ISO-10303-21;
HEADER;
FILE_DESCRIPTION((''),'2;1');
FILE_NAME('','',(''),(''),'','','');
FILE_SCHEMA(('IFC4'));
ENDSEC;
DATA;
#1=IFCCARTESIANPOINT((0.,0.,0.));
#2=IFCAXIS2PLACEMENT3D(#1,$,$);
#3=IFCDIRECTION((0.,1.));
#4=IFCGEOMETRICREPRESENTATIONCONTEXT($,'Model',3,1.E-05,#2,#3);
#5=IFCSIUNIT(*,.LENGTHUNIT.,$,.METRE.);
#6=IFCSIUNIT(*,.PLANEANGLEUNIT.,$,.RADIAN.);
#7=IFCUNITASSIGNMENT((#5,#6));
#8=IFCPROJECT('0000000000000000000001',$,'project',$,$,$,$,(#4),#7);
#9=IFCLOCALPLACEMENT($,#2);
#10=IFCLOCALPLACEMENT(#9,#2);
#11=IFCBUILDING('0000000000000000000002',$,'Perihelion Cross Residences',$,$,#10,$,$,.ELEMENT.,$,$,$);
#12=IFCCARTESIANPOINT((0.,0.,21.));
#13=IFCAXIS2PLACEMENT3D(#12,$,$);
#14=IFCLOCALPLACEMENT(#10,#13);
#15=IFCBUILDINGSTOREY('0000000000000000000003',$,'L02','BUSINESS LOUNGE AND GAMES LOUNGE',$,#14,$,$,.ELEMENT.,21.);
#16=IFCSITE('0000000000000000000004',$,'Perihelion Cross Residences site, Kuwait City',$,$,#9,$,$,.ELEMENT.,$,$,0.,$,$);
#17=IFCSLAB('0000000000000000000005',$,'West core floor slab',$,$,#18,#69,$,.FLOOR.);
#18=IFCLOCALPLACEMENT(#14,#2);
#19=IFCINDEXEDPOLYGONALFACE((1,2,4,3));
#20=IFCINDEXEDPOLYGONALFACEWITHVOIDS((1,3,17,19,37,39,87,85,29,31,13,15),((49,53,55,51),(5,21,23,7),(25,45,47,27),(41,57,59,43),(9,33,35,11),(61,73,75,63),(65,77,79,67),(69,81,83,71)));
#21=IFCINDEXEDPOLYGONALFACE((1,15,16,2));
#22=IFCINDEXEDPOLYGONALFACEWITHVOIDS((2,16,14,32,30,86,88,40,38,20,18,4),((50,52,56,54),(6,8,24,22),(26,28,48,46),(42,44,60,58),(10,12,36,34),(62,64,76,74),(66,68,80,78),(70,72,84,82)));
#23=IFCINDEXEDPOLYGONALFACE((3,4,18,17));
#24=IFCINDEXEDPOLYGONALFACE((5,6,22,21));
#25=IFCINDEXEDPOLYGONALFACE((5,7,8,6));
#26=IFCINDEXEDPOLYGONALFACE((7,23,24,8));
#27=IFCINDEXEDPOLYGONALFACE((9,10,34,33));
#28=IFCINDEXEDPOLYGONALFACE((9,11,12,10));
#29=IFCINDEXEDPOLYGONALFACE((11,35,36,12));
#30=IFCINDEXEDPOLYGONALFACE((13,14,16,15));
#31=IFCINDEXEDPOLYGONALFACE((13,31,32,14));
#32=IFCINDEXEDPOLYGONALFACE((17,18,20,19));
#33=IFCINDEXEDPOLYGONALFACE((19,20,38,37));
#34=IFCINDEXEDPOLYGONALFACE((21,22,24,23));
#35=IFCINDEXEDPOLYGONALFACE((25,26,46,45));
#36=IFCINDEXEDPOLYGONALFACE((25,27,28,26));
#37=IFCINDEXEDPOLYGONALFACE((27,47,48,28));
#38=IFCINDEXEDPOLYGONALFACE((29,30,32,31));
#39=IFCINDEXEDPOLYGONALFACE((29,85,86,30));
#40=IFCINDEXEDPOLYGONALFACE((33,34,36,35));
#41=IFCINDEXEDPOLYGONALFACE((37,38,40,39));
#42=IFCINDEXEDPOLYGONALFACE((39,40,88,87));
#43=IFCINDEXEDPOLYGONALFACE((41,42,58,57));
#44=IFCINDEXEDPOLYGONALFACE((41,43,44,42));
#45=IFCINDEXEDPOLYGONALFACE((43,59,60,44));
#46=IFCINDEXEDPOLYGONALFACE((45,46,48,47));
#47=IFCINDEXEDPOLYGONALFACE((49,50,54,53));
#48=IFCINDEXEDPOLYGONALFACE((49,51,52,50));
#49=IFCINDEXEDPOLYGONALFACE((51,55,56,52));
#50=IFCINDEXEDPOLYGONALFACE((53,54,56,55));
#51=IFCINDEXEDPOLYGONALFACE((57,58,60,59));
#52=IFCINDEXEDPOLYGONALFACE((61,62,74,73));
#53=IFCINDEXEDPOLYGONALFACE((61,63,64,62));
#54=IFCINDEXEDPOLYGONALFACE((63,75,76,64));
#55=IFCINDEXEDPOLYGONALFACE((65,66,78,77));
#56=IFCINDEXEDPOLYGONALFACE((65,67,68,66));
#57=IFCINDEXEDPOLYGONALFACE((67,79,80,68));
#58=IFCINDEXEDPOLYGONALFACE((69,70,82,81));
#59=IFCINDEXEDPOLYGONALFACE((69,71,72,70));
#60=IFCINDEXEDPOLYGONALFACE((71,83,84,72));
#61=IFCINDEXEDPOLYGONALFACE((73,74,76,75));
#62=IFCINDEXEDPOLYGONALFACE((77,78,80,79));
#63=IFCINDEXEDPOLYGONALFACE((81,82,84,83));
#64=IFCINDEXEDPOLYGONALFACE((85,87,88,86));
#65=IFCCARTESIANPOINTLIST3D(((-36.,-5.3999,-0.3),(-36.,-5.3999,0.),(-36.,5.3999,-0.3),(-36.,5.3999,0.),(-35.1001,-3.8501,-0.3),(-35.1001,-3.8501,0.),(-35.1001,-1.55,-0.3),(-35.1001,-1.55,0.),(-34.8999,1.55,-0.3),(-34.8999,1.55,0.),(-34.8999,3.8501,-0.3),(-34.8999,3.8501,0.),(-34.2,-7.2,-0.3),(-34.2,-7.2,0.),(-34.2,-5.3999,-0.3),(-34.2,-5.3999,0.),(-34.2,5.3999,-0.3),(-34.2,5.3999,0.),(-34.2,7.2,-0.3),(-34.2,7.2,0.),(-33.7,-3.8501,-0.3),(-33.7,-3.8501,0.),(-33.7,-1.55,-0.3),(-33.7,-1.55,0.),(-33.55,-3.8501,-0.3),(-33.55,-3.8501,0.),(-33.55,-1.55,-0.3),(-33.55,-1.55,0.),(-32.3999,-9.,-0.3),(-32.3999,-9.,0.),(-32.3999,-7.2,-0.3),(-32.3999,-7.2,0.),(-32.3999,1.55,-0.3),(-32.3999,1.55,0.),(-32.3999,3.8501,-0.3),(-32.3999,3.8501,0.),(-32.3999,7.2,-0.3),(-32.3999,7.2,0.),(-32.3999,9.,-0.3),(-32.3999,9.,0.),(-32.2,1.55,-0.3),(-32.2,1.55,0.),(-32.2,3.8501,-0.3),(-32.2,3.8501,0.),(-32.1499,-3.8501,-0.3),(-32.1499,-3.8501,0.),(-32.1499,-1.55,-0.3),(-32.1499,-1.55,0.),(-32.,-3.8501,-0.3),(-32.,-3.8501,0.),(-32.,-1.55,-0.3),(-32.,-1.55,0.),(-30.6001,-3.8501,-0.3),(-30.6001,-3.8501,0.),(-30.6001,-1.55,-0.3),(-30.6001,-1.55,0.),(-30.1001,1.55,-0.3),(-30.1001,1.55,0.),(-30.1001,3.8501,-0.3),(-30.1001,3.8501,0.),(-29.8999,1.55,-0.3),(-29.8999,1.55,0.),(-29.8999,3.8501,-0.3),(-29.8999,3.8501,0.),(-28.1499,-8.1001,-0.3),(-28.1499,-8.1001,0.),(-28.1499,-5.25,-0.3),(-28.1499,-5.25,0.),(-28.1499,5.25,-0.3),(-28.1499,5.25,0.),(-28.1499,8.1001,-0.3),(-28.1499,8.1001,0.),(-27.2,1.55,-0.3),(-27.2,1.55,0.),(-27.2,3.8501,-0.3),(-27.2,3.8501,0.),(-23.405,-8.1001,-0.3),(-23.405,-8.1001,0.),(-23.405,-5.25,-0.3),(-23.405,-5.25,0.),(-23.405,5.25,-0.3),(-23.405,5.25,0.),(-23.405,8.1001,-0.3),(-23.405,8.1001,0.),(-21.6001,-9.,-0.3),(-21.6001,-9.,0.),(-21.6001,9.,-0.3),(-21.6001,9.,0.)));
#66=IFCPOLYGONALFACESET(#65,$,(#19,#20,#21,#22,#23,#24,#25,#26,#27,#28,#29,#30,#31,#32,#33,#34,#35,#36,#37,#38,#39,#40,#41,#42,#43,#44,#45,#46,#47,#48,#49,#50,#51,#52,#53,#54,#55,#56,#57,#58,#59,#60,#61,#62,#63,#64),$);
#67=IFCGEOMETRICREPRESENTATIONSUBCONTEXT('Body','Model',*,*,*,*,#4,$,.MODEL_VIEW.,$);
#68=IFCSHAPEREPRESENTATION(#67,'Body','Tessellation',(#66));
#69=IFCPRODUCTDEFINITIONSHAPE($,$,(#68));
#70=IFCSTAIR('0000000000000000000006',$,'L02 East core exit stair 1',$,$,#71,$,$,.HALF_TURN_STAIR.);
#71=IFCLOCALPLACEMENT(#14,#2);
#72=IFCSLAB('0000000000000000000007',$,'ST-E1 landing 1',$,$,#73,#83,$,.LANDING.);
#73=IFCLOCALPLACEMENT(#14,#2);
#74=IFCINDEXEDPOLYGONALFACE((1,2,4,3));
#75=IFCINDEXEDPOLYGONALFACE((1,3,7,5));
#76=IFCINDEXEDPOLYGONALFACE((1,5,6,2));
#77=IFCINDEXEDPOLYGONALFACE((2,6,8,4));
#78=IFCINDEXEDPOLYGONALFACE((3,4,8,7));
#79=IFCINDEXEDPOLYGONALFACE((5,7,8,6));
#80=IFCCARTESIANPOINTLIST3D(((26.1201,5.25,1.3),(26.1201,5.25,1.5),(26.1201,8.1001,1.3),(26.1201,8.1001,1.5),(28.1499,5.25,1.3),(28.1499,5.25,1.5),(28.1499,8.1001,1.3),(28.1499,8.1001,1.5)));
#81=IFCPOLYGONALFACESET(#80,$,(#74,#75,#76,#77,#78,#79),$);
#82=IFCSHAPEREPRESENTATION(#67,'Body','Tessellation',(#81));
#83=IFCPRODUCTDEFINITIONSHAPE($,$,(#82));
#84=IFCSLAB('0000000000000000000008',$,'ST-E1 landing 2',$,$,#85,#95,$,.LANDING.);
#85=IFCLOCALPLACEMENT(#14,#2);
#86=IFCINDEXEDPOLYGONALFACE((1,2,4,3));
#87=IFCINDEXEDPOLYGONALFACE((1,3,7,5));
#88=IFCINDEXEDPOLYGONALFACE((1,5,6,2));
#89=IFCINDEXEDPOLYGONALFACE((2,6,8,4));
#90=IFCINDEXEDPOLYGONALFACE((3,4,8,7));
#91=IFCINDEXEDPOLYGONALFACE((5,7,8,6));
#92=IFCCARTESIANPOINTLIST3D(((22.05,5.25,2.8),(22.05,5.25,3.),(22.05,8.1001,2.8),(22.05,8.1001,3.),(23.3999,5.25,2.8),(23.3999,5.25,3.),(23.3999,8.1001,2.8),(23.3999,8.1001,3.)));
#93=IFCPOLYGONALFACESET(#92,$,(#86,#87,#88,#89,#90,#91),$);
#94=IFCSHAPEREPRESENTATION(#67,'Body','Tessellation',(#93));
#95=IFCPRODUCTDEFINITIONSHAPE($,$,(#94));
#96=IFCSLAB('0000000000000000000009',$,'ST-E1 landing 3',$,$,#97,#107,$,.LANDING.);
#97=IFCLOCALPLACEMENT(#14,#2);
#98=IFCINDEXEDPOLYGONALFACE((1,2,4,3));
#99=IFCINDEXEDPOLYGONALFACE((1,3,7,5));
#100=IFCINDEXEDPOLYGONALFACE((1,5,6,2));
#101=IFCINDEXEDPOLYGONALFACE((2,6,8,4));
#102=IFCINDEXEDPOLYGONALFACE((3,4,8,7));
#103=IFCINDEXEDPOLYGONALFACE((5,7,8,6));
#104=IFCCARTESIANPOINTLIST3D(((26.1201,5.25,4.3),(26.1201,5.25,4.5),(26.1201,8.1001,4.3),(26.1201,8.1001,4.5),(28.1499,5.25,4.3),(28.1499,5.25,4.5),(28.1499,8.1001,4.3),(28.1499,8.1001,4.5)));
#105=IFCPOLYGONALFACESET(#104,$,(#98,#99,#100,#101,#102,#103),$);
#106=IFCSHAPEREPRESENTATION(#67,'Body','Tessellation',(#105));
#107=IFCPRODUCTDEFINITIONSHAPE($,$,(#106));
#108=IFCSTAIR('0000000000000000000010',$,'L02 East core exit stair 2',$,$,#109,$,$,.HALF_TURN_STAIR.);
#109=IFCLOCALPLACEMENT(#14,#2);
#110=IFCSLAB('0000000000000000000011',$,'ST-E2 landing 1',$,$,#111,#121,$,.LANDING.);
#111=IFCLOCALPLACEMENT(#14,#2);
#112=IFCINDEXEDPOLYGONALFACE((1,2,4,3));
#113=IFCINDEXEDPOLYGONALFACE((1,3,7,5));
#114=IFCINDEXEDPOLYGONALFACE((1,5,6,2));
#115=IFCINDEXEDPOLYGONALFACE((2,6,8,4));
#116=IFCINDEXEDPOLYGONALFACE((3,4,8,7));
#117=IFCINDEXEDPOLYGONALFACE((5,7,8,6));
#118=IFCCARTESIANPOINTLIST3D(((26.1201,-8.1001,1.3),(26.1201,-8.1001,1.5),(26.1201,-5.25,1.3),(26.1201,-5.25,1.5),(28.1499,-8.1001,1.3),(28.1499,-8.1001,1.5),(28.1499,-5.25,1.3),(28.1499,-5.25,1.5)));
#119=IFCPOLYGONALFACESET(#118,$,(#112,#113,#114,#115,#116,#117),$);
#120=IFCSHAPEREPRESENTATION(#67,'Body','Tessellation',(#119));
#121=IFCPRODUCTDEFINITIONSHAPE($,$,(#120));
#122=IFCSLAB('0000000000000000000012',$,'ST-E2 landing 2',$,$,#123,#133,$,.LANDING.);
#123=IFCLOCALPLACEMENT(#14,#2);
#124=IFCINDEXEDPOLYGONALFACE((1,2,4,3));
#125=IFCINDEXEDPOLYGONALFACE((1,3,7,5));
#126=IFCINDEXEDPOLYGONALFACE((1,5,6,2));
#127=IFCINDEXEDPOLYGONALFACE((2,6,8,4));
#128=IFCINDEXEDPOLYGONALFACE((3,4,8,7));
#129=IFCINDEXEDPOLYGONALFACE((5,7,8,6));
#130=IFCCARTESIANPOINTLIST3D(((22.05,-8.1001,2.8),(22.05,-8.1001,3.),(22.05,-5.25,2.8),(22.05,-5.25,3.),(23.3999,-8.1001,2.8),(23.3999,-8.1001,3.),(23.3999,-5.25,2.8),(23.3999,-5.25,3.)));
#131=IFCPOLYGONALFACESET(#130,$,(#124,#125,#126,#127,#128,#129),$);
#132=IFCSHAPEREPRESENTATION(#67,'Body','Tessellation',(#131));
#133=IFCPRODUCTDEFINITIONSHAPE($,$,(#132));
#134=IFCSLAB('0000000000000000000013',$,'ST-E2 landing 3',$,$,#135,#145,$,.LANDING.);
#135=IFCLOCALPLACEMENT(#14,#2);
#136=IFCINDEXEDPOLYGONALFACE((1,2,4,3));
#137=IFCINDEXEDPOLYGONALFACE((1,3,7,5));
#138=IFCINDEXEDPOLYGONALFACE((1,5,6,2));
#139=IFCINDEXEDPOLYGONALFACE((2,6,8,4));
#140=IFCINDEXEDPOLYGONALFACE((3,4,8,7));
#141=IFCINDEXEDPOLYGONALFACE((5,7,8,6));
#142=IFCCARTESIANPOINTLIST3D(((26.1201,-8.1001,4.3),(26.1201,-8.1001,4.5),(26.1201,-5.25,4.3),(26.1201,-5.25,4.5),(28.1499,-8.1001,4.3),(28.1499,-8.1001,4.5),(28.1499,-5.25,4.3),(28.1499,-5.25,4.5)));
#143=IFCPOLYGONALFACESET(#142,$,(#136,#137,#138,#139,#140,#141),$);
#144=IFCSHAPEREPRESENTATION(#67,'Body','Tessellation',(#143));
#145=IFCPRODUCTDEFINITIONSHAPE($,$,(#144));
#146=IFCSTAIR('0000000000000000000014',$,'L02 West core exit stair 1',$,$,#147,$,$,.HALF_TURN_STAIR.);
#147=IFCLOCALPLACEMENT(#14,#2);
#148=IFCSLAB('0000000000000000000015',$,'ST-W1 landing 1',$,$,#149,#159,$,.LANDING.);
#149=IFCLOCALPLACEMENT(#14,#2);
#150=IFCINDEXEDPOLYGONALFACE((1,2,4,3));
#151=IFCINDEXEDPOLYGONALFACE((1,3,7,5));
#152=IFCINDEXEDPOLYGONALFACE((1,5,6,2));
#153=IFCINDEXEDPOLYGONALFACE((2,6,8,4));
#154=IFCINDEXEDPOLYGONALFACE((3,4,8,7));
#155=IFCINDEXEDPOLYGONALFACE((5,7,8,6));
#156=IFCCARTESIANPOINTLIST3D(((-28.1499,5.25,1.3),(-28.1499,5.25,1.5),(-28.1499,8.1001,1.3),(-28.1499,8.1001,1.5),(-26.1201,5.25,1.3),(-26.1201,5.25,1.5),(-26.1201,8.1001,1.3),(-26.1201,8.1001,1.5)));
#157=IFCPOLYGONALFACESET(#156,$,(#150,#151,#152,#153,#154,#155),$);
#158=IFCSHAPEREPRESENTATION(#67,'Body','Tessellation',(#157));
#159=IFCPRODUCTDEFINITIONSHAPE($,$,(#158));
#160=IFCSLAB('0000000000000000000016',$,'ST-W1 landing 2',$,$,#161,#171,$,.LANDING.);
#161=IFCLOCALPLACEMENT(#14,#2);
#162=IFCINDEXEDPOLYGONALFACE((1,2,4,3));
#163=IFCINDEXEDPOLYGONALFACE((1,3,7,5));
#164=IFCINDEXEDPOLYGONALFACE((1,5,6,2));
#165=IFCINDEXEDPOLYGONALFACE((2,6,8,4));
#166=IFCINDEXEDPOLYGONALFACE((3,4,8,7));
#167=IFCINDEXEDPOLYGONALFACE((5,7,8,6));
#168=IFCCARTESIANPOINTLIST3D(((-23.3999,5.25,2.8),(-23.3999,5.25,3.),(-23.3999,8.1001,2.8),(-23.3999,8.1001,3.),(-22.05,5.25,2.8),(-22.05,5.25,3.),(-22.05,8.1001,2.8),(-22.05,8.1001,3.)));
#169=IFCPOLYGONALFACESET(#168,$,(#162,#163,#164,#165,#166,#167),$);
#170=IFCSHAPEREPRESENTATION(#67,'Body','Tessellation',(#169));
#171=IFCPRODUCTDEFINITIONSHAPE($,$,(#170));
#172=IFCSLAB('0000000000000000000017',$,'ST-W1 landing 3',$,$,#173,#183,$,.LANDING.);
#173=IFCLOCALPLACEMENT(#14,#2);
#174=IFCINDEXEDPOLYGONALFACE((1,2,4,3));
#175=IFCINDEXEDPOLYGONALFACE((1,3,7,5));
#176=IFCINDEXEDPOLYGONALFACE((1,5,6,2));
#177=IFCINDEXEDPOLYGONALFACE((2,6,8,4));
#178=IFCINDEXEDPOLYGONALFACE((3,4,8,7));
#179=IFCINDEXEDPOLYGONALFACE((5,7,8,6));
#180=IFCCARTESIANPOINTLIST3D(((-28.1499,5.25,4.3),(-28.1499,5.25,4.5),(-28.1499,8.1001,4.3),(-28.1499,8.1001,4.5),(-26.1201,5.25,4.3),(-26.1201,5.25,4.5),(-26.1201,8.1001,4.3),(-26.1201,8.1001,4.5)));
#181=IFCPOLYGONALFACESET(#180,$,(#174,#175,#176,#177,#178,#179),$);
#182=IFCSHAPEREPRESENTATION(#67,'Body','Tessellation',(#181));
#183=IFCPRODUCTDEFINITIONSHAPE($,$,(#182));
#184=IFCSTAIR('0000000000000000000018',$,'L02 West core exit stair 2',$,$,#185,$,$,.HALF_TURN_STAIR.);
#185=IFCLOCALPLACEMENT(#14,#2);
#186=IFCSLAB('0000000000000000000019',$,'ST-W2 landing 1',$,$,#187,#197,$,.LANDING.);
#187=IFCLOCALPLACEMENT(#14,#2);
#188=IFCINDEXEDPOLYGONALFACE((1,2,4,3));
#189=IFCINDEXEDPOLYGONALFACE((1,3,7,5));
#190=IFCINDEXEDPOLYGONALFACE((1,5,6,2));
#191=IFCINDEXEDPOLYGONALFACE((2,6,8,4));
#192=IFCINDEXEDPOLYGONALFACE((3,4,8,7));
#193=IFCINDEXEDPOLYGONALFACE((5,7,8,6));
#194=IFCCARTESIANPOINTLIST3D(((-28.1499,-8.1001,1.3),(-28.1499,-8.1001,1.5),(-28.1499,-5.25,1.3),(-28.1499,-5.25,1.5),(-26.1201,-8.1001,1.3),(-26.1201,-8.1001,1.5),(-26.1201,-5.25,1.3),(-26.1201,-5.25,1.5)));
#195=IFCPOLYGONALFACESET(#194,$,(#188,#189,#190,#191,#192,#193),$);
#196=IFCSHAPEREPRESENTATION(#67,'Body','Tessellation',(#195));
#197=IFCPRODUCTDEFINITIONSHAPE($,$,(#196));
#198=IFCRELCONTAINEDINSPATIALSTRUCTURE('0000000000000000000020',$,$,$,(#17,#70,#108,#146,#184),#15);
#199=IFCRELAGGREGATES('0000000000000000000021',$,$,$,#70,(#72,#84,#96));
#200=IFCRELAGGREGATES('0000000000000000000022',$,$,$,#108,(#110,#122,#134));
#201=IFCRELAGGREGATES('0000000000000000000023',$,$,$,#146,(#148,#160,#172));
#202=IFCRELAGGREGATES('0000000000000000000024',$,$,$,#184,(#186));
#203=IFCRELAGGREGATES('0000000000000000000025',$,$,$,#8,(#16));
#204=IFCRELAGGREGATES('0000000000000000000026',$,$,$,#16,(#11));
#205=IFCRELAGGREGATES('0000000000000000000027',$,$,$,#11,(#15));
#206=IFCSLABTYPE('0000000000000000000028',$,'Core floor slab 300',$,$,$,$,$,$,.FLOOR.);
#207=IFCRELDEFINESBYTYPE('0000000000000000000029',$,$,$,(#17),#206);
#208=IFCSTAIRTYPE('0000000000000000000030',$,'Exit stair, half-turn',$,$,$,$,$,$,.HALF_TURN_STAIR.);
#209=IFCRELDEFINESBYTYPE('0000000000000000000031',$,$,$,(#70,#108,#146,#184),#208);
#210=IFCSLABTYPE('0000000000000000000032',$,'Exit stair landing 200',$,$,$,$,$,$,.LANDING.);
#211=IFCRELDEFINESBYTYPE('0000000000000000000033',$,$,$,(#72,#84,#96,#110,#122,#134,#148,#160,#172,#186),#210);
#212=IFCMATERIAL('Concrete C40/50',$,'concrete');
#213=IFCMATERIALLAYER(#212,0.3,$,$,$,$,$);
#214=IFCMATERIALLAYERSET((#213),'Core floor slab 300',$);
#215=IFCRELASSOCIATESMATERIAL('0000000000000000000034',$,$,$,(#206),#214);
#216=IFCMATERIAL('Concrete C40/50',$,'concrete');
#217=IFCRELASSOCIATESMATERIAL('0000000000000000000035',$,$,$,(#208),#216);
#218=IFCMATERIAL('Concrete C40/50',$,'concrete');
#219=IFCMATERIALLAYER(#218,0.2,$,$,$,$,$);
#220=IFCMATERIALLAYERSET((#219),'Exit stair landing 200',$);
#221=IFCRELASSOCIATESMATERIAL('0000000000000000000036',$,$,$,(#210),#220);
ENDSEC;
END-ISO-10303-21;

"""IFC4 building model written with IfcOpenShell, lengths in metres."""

from ifc_helpers import new_model, si_unit, direction, frame, origin, place, context, subcontext, project, spatial, polyline, outline, extrude, material, layer, layer_set, type_object, element, aggregate, save


model = new_model("IFC4")

# Units and contexts
model_context = context("Model", 3, precision=1e-05, world=origin(), true_north=direction((0.0, 1.0)))
body_context = subcontext(model_context, "Body", "Model", "MODEL_VIEW")
ifc_project = project(units=[si_unit("LENGTHUNIT", "METRE"), si_unit("PLANEANGLEUNIT", "RADIAN")], contexts=[model_context])

# Site, building, storey
site_placement = place(None, origin())
site = spatial("IfcSite", under=ifc_project, at=site_placement, Name="Perihelion Cross Residences site, Kuwait City", CompositionType="ELEMENT", RefElevation=0.0)
building_placement = place(site_placement, origin())
building = spatial("IfcBuilding", under=site, at=building_placement, Name="Perihelion Cross Residences", CompositionType="ELEMENT")
storey_placement = place(building_placement, frame((0.0, 0.0, 21.0)))
storey = spatial("IfcBuildingStorey", under=building, at=storey_placement, Name="L02", Description="BUSINESS LOUNGE AND GAMES LOUNGE", CompositionType="ELEMENT", Elevation=21.0)

# Slab
ifc_material_1 = material(Name="Concrete C40/50", Category="concrete")
ifc_layer_1 = layer(ifc_material_1, 0.3)
ifc_layer_set_1 = layer_set([ifc_layer_1], Name="Core floor slab 300")
slab_type_1 = type_object("IfcSlabType", Name="Core floor slab 300", PredefinedType="FLOOR", material=ifc_layer_set_1)
slab_1_placement = place(storey_placement, frame((0.0, 0.0, -0.3)))
element("IfcSlab", 1, at=slab_1_placement, inside=storey, type_object=slab_type_1, Name="West core floor slab", PredefinedType="FLOOR", context=body_context, shape_type="SweptSolid", body=[
    extrude(outline(polyline([(-32.3999, 7.2), (-34.2, 7.2), (-34.2, 5.3999), (-36.0, 5.3999), (-36.0, -5.3999), (-34.2, -5.3999), (-34.2, -7.2), (-32.3999, -7.2), (-32.3999, -9.0), (-21.6001, -9.0), (-21.6001, 9.0), (-32.3999, 9.0), (-32.3999, 7.2)]), holes=[polyline([(-23.405, -8.1001), (-28.1499, -8.1001), (-28.1499, -5.25), (-23.405, -5.25), (-23.405, -8.1001)]), polyline([(-30.6001, -1.55), (-30.6001, -3.8501), (-32.0, -3.8501), (-32.0, -1.55), (-30.6001, -1.55)]), polyline([(-32.1499, -1.55), (-32.1499, -3.8501), (-33.55, -3.8501), (-33.55, -1.55), (-32.1499, -1.55)]), polyline([(-33.7, -1.55), (-33.7, -3.8501), (-35.1001, -3.8501), (-35.1001, -1.55), (-33.7, -1.55)]), polyline([(-27.2, 3.8501), (-27.2, 1.55), (-29.8999, 1.55), (-29.8999, 3.8501), (-27.2, 3.8501)]), polyline([(-30.1001, 3.8501), (-30.1001, 1.55), (-32.2, 1.55), (-32.2, 3.8501), (-30.1001, 3.8501)]), polyline([(-32.3999, 3.8501), (-32.3999, 1.55), (-34.8999, 1.55), (-34.8999, 3.8501), (-32.3999, 3.8501)]), polyline([(-23.405, 5.25), (-28.1499, 5.25), (-28.1499, 8.1001), (-23.405, 8.1001), (-23.405, 5.25)])]), origin(), (0.0, 0.0, 1.0), 0.3),
])

# Stairs, slabs
ifc_material_2 = material(Name="Concrete C40/50", Category="concrete")
stair_type = type_object("IfcStairType", Name="Exit stair, half-turn", PredefinedType="HALF_TURN_STAIR", material=ifc_material_2)
stair_1_placement = place(storey_placement, origin())
stair_1 = element("IfcStair", 2, at=stair_1_placement, inside=storey, type_object=stair_type, Name="L02 East core exit stair 1", PredefinedType="HALF_TURN_STAIR")
ifc_material_3 = material(Name="Concrete C40/50", Category="concrete")
ifc_layer_2 = layer(ifc_material_3, 0.2)
ifc_layer_set_2 = layer_set([ifc_layer_2], Name="Exit stair landing 200")
slab_type_2 = type_object("IfcSlabType", Name="Exit stair landing 200", PredefinedType="LANDING", material=ifc_layer_set_2)
slab_2_placement = place(storey_placement, frame((0.0, 0.0, 1.3)))
slab_2 = element("IfcSlab", 3, at=slab_2_placement, type_object=slab_type_2, Name="ST-E1 landing 1", PredefinedType="LANDING", context=body_context, shape_type="SweptSolid", body=[
    extrude(outline(polyline([(26.1201, 5.25), (28.1499, 5.25), (28.1499, 8.1001), (26.1201, 8.1001), (26.1201, 5.25)])), origin(), (0.0, 0.0, 1.0), 0.2),
])
slab_3_placement = place(storey_placement, frame((0.0, 0.0, 2.8)))
slab_3 = element("IfcSlab", 4, at=slab_3_placement, type_object=slab_type_2, Name="ST-E1 landing 2", PredefinedType="LANDING", context=body_context, shape_type="SweptSolid", body=[
    extrude(outline(polyline([(22.05, 5.25), (23.3999, 5.25), (23.3999, 8.1001), (22.05, 8.1001), (22.05, 5.25)])), origin(), (0.0, 0.0, 1.0), 0.2),
])
slab_4_placement = place(storey_placement, frame((0.0, 0.0, 4.3)))
slab_4 = element("IfcSlab", 5, at=slab_4_placement, type_object=slab_type_2, Name="ST-E1 landing 3", PredefinedType="LANDING", context=body_context, shape_type="SweptSolid", body=[
    extrude(outline(polyline([(26.1201, 5.25), (28.1499, 5.25), (28.1499, 8.1001), (26.1201, 8.1001), (26.1201, 5.25)])), origin(), (0.0, 0.0, 1.0), 0.2),
])
aggregate(stair_1, [slab_2, slab_3, slab_4])
stair_2_placement = place(storey_placement, origin())
stair_2 = element("IfcStair", 6, at=stair_2_placement, inside=storey, type_object=stair_type, Name="L02 East core exit stair 2", PredefinedType="HALF_TURN_STAIR")
slab_5_placement = place(storey_placement, frame((0.0, 0.0, 1.3)))
slab_5 = element("IfcSlab", 7, at=slab_5_placement, type_object=slab_type_2, Name="ST-E2 landing 1", PredefinedType="LANDING", context=body_context, shape_type="SweptSolid", body=[
    extrude(outline(polyline([(26.1201, -8.1001), (28.1499, -8.1001), (28.1499, -5.25), (26.1201, -5.25), (26.1201, -8.1001)])), origin(), (0.0, 0.0, 1.0), 0.2),
])
slab_6_placement = place(storey_placement, frame((0.0, 0.0, 2.8)))
slab_6 = element("IfcSlab", 8, at=slab_6_placement, type_object=slab_type_2, Name="ST-E2 landing 2", PredefinedType="LANDING", context=body_context, shape_type="SweptSolid", body=[
    extrude(outline(polyline([(22.05, -8.1001), (23.3999, -8.1001), (23.3999, -5.25), (22.05, -5.25), (22.05, -8.1001)])), origin(), (0.0, 0.0, 1.0), 0.2),
])
slab_7_placement = place(storey_placement, frame((0.0, 0.0, 4.3)))
slab_7 = element("IfcSlab", 9, at=slab_7_placement, type_object=slab_type_2, Name="ST-E2 landing 3", PredefinedType="LANDING", context=body_context, shape_type="SweptSolid", body=[
    extrude(outline(polyline([(26.1201, -8.1001), (28.1499, -8.1001), (28.1499, -5.25), (26.1201, -5.25), (26.1201, -8.1001)])), origin(), (0.0, 0.0, 1.0), 0.2),
])
aggregate(stair_2, [slab_5, slab_6, slab_7])
stair_3_placement = place(storey_placement, origin())
stair_3 = element("IfcStair", 10, at=stair_3_placement, inside=storey, type_object=stair_type, Name="L02 West core exit stair 1", PredefinedType="HALF_TURN_STAIR")
slab_8_placement = place(storey_placement, frame((0.0, 0.0, 1.3)))
slab_8 = element("IfcSlab", 11, at=slab_8_placement, type_object=slab_type_2, Name="ST-W1 landing 1", PredefinedType="LANDING", context=body_context, shape_type="SweptSolid", body=[
    extrude(outline(polyline([(-26.1201, 8.1001), (-28.1499, 8.1001), (-28.1499, 5.25), (-26.1201, 5.25), (-26.1201, 8.1001)])), origin(), (0.0, 0.0, 1.0), 0.2),
])
slab_9_placement = place(storey_placement, frame((0.0, 0.0, 2.8)))
slab_9 = element("IfcSlab", 12, at=slab_9_placement, type_object=slab_type_2, Name="ST-W1 landing 2", PredefinedType="LANDING", context=body_context, shape_type="SweptSolid", body=[
    extrude(outline(polyline([(-22.05, 8.1001), (-23.3999, 8.1001), (-23.3999, 5.25), (-22.05, 5.25), (-22.05, 8.1001)])), origin(), (0.0, 0.0, 1.0), 0.2),
])
slab_10_placement = place(storey_placement, frame((0.0, 0.0, 4.3)))
slab_10 = element("IfcSlab", 13, at=slab_10_placement, type_object=slab_type_2, Name="ST-W1 landing 3", PredefinedType="LANDING", context=body_context, shape_type="SweptSolid", body=[
    extrude(outline(polyline([(-26.1201, 8.1001), (-28.1499, 8.1001), (-28.1499, 5.25), (-26.1201, 5.25), (-26.1201, 8.1001)])), origin(), (0.0, 0.0, 1.0), 0.2),
])
aggregate(stair_3, [slab_8, slab_9, slab_10])
stair_4_placement = place(storey_placement, origin())
stair_4 = element("IfcStair", 14, at=stair_4_placement, inside=storey, type_object=stair_type, Name="L02 West core exit stair 2", PredefinedType="HALF_TURN_STAIR")
slab_11_placement = place(storey_placement, frame((0.0, 0.0, 1.3)))
slab_11 = element("IfcSlab", 15, at=slab_11_placement, type_object=slab_type_2, Name="ST-W2 landing 1", PredefinedType="LANDING", context=body_context, shape_type="SweptSolid", body=[
    extrude(outline(polyline([(-26.1201, -5.25), (-28.1499, -5.25), (-28.1499, -8.1001), (-26.1201, -8.1001), (-26.1201, -5.25)])), origin(), (0.0, 0.0, 1.0), 0.2),
])
aggregate(stair_4, [slab_11])

save(model, "model.ifc")
